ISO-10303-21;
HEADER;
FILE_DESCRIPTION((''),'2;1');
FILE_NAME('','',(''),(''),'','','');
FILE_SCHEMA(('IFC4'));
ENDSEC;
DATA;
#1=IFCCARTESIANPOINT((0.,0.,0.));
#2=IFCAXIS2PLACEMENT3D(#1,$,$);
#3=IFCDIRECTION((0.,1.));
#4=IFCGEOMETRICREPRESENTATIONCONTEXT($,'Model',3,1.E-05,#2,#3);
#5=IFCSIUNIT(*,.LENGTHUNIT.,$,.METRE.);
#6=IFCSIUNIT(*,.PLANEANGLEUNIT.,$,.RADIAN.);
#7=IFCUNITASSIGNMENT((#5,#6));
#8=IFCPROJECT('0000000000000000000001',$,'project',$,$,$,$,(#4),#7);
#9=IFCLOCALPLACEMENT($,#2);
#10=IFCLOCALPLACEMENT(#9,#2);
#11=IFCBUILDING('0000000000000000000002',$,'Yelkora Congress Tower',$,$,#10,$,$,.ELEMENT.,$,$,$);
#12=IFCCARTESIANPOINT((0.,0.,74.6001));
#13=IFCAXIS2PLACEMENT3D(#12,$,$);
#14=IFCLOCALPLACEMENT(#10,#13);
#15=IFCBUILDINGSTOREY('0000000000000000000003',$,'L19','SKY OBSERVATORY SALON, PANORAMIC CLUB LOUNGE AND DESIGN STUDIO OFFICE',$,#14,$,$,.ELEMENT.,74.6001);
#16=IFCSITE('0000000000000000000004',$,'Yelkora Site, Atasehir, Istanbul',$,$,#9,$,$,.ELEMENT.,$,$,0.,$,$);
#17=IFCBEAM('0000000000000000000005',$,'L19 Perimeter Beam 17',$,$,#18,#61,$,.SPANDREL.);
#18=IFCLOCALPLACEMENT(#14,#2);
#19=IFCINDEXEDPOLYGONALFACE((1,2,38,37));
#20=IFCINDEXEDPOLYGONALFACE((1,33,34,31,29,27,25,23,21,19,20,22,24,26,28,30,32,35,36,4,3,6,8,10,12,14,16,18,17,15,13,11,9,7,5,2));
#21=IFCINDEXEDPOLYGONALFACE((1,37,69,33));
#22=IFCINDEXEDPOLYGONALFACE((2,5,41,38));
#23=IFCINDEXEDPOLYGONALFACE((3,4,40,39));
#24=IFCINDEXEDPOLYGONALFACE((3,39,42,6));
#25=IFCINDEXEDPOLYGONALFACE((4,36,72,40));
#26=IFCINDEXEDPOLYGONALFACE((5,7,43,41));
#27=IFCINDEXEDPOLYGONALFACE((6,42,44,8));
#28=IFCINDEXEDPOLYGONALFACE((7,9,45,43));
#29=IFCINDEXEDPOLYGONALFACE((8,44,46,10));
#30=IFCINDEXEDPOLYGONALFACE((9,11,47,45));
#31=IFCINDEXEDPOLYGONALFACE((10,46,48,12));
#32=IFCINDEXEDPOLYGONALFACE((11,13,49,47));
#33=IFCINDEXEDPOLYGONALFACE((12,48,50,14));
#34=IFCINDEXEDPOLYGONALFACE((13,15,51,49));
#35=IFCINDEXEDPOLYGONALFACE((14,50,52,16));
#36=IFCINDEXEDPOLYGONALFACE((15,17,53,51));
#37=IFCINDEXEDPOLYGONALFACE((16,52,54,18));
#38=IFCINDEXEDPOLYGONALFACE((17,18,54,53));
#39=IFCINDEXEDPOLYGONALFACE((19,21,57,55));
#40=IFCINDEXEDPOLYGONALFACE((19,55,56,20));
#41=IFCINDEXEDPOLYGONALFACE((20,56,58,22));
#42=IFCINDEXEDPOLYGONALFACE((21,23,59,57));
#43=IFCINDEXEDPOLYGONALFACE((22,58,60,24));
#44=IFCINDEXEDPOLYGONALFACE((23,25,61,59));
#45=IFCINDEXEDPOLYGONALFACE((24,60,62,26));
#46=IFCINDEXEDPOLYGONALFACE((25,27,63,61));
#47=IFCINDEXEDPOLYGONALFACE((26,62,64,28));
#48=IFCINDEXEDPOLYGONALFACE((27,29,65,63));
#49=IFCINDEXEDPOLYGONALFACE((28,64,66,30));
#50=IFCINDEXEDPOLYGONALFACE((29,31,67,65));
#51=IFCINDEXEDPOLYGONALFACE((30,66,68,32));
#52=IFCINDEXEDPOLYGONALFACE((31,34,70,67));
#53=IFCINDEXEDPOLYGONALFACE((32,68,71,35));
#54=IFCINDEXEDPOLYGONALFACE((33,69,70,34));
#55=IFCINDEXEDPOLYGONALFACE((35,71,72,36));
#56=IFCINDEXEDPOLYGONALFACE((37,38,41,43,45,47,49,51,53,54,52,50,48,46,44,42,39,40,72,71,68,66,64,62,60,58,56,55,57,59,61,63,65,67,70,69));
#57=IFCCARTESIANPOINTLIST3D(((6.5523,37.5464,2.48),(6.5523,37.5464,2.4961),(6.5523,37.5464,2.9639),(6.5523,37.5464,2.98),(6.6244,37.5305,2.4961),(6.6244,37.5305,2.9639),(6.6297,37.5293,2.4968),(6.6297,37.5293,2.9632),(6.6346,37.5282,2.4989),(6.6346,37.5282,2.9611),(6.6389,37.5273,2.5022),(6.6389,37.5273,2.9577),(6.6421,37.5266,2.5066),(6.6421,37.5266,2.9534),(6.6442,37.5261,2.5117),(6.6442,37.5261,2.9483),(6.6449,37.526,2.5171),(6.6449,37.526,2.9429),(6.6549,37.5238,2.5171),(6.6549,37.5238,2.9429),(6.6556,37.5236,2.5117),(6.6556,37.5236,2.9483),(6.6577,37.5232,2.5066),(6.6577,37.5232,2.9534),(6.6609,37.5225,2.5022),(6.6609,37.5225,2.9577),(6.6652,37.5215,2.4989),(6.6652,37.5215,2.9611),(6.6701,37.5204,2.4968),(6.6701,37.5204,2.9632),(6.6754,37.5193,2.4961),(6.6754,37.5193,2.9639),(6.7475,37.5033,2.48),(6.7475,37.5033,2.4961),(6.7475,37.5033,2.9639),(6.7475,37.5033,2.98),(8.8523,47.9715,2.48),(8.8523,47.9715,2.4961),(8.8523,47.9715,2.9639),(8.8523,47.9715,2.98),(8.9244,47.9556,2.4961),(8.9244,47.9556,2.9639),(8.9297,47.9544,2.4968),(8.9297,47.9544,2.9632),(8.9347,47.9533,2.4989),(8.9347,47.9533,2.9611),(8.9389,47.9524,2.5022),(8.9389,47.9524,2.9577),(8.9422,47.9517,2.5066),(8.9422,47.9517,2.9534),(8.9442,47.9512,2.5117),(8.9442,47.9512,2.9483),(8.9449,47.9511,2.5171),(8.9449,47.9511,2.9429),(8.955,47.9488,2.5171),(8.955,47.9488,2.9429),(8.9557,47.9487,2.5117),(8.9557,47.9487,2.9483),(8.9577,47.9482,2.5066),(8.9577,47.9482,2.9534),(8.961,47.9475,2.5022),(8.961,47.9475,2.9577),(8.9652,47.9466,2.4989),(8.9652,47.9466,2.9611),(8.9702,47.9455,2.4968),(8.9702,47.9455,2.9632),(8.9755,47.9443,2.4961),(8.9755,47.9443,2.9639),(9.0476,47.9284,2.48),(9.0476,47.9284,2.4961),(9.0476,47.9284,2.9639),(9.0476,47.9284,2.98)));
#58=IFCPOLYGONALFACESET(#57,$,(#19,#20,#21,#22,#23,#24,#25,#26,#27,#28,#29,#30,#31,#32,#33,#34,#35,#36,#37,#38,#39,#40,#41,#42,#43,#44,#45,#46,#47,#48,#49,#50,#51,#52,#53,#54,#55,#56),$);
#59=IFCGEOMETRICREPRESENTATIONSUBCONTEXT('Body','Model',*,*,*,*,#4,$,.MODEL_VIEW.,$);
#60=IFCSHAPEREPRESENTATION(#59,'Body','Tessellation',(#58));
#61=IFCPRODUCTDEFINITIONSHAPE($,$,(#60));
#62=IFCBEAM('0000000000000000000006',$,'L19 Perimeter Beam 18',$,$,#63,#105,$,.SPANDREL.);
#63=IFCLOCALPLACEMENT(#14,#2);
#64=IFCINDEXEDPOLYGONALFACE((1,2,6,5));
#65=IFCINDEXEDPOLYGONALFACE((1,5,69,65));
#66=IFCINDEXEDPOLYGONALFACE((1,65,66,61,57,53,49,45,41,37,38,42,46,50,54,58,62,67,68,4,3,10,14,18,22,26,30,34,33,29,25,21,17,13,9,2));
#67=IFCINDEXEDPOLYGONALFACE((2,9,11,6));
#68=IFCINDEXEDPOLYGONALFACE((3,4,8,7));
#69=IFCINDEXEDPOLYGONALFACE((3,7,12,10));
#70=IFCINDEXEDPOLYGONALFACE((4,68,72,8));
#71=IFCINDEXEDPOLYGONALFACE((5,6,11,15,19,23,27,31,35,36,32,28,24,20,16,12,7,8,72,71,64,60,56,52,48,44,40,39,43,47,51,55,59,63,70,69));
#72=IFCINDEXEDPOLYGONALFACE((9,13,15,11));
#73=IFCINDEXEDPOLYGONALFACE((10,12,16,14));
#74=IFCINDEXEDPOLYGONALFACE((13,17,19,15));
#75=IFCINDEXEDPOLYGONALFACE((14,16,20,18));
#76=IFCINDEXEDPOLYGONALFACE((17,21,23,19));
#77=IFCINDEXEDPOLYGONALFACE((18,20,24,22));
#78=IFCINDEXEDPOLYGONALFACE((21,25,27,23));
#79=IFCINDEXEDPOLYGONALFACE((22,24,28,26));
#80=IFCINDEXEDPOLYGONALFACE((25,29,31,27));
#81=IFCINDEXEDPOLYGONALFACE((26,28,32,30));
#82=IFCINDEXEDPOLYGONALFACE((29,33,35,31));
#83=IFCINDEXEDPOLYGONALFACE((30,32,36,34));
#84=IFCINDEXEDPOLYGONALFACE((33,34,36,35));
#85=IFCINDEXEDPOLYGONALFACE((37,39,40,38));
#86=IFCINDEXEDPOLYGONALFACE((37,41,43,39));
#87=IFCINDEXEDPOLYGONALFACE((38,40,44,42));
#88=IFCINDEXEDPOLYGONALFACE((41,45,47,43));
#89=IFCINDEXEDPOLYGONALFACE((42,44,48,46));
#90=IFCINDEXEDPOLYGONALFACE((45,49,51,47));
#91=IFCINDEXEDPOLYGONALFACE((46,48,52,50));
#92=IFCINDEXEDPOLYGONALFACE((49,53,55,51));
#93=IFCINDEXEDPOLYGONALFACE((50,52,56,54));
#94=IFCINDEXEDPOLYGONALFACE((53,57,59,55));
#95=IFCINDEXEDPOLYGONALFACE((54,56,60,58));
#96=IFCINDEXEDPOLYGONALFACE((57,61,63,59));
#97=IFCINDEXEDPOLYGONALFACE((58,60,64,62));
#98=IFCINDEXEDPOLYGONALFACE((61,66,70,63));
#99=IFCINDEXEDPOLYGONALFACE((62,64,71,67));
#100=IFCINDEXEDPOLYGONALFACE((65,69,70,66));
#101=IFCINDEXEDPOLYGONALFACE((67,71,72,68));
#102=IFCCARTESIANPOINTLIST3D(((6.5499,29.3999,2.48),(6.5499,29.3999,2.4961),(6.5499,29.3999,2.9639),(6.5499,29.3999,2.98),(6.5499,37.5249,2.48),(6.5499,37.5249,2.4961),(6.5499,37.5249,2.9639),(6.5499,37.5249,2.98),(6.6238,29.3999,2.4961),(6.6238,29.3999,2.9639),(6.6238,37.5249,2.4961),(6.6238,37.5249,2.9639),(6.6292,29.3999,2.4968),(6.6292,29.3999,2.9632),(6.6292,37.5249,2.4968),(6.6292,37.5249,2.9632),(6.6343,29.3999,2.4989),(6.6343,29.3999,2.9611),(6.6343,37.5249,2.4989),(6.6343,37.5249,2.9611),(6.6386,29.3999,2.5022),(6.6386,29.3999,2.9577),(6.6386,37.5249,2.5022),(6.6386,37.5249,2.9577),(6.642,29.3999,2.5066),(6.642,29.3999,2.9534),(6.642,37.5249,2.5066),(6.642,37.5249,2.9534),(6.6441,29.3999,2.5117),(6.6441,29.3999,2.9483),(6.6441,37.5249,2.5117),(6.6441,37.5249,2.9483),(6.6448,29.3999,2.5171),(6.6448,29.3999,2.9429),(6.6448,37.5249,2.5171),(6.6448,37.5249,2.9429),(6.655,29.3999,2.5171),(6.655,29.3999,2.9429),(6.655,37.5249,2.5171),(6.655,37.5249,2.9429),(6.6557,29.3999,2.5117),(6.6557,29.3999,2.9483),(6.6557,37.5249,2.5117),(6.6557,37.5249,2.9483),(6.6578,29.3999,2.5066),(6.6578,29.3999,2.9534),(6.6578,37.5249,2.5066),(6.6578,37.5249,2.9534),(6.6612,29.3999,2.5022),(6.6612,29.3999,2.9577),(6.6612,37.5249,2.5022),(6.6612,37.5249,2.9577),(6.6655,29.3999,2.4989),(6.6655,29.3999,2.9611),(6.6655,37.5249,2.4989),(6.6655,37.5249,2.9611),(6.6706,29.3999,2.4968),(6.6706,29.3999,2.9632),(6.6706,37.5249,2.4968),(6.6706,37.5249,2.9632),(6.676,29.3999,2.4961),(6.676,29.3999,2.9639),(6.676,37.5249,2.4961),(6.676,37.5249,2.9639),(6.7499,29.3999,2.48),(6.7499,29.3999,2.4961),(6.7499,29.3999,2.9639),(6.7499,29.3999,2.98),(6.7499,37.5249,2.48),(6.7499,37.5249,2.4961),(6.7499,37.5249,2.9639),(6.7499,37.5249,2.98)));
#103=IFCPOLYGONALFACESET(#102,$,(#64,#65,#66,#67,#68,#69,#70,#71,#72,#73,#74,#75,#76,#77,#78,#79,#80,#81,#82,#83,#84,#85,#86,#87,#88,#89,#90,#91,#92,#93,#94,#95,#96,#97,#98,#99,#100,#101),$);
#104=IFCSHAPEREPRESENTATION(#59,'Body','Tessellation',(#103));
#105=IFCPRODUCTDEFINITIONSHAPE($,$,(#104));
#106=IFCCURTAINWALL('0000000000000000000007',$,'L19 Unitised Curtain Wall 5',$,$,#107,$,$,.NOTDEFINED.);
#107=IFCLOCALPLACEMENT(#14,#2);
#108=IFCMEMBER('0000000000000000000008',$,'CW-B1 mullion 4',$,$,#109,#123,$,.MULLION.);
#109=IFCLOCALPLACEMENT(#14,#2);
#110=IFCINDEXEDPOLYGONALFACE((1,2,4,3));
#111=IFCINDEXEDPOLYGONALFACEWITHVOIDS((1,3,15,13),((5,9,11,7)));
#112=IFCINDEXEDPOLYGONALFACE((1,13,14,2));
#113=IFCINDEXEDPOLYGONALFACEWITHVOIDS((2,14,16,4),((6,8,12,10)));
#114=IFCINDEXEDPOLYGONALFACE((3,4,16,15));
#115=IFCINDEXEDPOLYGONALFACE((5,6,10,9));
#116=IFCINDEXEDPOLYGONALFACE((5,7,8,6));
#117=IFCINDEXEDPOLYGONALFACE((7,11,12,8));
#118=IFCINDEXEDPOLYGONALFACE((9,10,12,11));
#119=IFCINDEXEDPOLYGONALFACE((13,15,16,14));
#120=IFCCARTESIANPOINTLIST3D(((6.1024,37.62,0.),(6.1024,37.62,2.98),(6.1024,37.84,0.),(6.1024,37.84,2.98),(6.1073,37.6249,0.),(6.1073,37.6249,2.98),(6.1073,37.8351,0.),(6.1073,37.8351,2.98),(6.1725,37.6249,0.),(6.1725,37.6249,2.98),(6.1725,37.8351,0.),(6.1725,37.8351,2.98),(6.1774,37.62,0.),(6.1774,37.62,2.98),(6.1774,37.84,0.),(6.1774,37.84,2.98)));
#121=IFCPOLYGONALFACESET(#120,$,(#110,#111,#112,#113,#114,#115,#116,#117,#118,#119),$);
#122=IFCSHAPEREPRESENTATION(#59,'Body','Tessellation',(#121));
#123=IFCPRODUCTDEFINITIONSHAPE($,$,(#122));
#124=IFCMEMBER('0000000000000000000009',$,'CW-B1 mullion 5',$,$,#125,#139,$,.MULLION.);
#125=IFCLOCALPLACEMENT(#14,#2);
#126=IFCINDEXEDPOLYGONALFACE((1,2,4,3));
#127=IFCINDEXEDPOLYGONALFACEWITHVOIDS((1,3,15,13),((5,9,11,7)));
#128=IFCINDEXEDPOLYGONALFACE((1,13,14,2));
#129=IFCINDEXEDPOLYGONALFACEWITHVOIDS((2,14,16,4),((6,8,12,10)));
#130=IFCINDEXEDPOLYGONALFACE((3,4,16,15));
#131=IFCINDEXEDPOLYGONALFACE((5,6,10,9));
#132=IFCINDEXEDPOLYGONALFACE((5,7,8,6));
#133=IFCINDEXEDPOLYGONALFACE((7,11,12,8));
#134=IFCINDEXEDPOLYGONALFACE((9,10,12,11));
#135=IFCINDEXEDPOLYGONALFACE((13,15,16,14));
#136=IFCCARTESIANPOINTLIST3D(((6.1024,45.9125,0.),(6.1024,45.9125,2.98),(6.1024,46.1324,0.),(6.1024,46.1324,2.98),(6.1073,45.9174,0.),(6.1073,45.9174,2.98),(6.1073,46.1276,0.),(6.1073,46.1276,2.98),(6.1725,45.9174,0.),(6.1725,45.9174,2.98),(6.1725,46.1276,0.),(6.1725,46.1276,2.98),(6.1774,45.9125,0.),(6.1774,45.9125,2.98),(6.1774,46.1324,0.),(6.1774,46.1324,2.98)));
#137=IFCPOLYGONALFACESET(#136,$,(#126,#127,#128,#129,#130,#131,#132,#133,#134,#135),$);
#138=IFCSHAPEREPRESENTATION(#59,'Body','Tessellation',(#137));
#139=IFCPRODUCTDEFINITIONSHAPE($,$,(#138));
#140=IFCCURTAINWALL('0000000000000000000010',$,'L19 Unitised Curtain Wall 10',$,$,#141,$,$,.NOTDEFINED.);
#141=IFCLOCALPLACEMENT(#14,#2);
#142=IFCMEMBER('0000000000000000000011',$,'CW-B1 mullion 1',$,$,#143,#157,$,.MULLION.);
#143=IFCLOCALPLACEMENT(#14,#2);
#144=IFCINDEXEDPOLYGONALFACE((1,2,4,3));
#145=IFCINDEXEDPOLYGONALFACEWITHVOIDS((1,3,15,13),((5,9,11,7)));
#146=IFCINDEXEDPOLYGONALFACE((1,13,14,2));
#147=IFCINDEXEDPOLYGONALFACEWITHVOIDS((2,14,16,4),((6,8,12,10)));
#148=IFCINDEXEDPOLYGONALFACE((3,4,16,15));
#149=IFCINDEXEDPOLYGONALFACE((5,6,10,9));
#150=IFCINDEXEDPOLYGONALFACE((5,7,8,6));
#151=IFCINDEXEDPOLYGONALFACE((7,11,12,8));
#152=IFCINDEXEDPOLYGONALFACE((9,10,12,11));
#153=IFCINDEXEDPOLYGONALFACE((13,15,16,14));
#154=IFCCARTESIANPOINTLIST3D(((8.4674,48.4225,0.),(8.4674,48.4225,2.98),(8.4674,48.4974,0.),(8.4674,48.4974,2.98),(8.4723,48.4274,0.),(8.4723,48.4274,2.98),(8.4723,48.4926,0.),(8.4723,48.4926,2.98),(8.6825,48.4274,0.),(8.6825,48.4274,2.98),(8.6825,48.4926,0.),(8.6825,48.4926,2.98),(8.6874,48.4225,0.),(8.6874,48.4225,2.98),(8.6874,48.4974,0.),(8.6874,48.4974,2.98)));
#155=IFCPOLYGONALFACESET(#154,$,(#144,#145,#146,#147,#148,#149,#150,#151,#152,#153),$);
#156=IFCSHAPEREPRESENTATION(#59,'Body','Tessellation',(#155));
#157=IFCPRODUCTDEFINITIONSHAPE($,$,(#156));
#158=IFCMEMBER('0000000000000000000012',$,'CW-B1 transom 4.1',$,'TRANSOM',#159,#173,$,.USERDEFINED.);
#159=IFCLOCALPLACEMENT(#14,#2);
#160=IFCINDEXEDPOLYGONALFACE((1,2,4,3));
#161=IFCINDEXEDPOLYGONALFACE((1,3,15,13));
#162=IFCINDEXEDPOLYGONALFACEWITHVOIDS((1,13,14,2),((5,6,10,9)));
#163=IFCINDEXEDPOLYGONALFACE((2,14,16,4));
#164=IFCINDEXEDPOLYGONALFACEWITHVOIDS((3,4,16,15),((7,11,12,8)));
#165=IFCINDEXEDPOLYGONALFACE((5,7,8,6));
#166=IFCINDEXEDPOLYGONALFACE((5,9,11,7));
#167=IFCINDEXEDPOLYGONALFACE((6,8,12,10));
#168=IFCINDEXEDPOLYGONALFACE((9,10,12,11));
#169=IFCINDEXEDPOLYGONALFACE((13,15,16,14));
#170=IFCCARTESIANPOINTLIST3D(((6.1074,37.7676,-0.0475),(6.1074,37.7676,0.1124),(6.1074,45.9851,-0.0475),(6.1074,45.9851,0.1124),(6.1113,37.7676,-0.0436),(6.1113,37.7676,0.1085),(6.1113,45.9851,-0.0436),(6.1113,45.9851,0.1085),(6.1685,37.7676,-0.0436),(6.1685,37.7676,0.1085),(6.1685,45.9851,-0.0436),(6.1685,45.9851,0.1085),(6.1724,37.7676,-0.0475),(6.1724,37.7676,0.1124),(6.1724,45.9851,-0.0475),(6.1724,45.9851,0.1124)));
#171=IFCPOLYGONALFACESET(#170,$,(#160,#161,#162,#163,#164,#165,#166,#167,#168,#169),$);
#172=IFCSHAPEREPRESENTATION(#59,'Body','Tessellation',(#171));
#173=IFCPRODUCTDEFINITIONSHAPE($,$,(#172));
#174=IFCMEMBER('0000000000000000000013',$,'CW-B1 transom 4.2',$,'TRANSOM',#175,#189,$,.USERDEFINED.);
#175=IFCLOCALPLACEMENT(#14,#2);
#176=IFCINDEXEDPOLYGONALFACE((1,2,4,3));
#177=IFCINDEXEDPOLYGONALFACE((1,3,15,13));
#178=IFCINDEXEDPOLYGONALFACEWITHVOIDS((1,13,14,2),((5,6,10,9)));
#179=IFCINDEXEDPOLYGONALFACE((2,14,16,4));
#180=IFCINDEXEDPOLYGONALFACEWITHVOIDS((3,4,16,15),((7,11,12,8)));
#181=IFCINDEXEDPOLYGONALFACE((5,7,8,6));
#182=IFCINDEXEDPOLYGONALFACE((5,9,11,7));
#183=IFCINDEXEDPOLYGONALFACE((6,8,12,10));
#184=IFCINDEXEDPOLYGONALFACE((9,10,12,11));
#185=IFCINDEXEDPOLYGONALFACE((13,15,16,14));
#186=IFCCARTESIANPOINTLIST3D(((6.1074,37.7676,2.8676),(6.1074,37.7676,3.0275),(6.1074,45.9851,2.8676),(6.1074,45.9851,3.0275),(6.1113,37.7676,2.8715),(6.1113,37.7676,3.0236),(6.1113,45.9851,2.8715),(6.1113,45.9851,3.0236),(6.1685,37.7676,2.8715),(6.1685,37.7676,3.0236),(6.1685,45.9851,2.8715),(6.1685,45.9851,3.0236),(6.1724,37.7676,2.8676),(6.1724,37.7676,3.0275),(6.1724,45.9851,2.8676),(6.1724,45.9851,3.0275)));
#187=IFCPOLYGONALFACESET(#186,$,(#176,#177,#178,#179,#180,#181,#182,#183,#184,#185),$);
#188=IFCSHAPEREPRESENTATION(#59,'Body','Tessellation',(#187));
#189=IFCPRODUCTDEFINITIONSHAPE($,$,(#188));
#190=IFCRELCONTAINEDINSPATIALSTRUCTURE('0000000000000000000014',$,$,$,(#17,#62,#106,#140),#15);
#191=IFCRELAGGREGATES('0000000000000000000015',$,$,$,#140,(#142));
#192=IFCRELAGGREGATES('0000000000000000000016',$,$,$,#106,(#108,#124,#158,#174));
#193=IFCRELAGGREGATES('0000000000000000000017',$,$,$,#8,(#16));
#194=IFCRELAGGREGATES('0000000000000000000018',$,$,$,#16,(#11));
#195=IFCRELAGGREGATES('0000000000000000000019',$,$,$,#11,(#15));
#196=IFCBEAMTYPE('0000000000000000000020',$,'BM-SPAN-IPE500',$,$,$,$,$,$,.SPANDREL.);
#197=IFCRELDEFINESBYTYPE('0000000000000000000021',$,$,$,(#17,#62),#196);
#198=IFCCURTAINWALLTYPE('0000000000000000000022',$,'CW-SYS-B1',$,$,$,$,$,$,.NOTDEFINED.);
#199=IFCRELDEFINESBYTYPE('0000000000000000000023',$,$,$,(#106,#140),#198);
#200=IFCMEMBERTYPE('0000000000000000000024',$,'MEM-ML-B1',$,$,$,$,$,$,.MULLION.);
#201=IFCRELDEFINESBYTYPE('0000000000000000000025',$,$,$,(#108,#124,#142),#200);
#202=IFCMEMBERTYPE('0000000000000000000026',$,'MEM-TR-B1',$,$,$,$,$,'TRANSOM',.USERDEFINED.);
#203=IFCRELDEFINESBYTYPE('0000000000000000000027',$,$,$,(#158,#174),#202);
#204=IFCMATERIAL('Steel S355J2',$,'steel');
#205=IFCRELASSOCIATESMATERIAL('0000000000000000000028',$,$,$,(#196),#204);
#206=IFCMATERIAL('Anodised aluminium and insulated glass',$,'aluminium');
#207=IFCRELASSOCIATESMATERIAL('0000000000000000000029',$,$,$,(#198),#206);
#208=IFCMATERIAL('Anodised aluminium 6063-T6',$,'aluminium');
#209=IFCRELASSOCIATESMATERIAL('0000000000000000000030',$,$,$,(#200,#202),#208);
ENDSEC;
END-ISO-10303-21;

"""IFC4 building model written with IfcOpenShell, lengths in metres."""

from ifc_helpers import new_model, si_unit, direction, frame, origin, origin_2d, place, context, subcontext, project, spatial, hollow_rectangle, i_section, extrude, material, material_profile, profile_set, type_object, element, aggregate, save


model = new_model("IFC4")

# Units and contexts
model_context = context("Model", 3, precision=1e-05, world=origin(), true_north=direction((0.0, 1.0)))
body_context = subcontext(model_context, "Body", "Model", "MODEL_VIEW")
ifc_project = project(units=[si_unit("LENGTHUNIT", "METRE"), si_unit("PLANEANGLEUNIT", "RADIAN")], contexts=[model_context])

# Site, building, storey
site_placement = place(None, origin())
site = spatial("IfcSite", under=ifc_project, at=site_placement, Name="Yelkora Site, Atasehir, Istanbul", CompositionType="ELEMENT", RefElevation=0.0)
building_placement = place(site_placement, origin())
building = spatial("IfcBuilding", under=site, at=building_placement, Name="Yelkora Congress Tower", CompositionType="ELEMENT")
storey_placement = place(building_placement, frame((0.0, 0.0, 74.6001)))
storey = spatial("IfcBuildingStorey", under=building, at=storey_placement, Name="L19", Description="SKY OBSERVATORY SALON, PANORAMIC CLUB LOUNGE AND DESIGN STUDIO OFFICE", CompositionType="ELEMENT", Elevation=74.6001)

# Beams
ifc_material_1 = material(Name="Steel S355J2", Category="steel")
ifc_material_profile_1 = material_profile(ifc_material_1, i_section(OverallWidth=0.2, OverallDepth=0.5, WebThickness=0.0103, FlangeThickness=0.0161, FilletRadius=0.021, at=origin_2d()), Name="IPE 500")
ifc_profile_set_1 = profile_set([ifc_material_profile_1], Name="Steel S355J2")
beam_type_1 = type_object("IfcBeamType", Name="BM-SPAN-IPE500", PredefinedType="SPANDREL", material=ifc_profile_set_1)
beam_1_placement = place(storey_placement, frame((8.95, 47.95, 2.73), z_axis=(-0.215446, -0.976516, 0.0), x_axis=(0.976516, -0.215446, 0.0)))
element("IfcBeam", 1, at=beam_1_placement, inside=storey, type_object=beam_type_1, Name="L19 Perimeter Beam 17", PredefinedType="SPANDREL", context=body_context, shape_type="SweptSolid", body=[
    extrude(i_section(OverallWidth=0.2, OverallDepth=0.5, WebThickness=0.0103, FlangeThickness=0.0161, FilletRadius=0.021, at=origin_2d()), origin(), (0.0, 0.0, 1.0), 10.6758),
])
beam_2_placement = place(storey_placement, frame((6.6499, 37.5249, 2.73), z_axis=(0.0, -1.0, 0.0), x_axis=(1.0, 0.0, 0.0)))
element("IfcBeam", 2, at=beam_2_placement, inside=storey, type_object=beam_type_1, Name="L19 Perimeter Beam 18", PredefinedType="SPANDREL", context=body_context, shape_type="SweptSolid", body=[
    extrude(i_section(OverallWidth=0.2, OverallDepth=0.5, WebThickness=0.0103, FlangeThickness=0.0161, FilletRadius=0.021, at=origin_2d()), origin(), (0.0, 0.0, 1.0), 8.125),
])

# Curtain wall, members
ifc_material_2 = material(Name="Anodised aluminium and insulated glass", Category="aluminium")
curtain_wall_type = type_object("IfcCurtainWallType", Name="CW-SYS-B1", PredefinedType="NOTDEFINED", material=ifc_material_2)
curtain_wall_1_placement = place(storey_placement, origin())
curtain_wall_1 = element("IfcCurtainWall", 3, at=curtain_wall_1_placement, inside=storey, type_object=curtain_wall_type, Name="L19 Unitised Curtain Wall 5", PredefinedType="NOTDEFINED")
ifc_material_3 = material(Name="Anodised aluminium 6063-T6", Category="aluminium")
ifc_material_profile_2 = material_profile(ifc_material_3, hollow_rectangle(XDim=0.075, YDim=0.22, WallThickness=0.0049, at=origin_2d()), Name="ALU 75x220x5")
ifc_profile_set_2 = profile_set([ifc_material_profile_2], Name="Anodised aluminium 6063-T6")
member_type_1 = type_object("IfcMemberType", Name="MEM-ML-B1", PredefinedType="MULLION", material=ifc_profile_set_2)
member_1_placement = place(storey_placement, frame((6.1399, 37.73, 0.0), z_axis=(0.0, 0.0, 1.0), x_axis=(-1.0, 0.0, 0.0)))
member_1 = element("IfcMember", 4, at=member_1_placement, type_object=member_type_1, Name="CW-B1 mullion 4", PredefinedType="MULLION", context=body_context, shape_type="SweptSolid", body=[
    extrude(hollow_rectangle(XDim=0.075, YDim=0.22, WallThickness=0.0049, at=origin_2d()), origin(), (0.0, 0.0, 1.0), 2.98),
])
member_2_placement = place(storey_placement, frame((6.1399, 46.0225, 0.0), z_axis=(0.0, 0.0, 1.0), x_axis=(-1.0, 0.0, 0.0)))
member_2 = element("IfcMember", 5, at=member_2_placement, type_object=member_type_1, Name="CW-B1 mullion 5", PredefinedType="MULLION", context=body_context, shape_type="SweptSolid", body=[
    extrude(hollow_rectangle(XDim=0.075, YDim=0.22, WallThickness=0.0049, at=origin_2d()), origin(), (0.0, 0.0, 1.0), 2.98),
])

# Curtain wall, member
curtain_wall_2_placement = place(storey_placement, origin())
curtain_wall_2 = element("IfcCurtainWall", 6, at=curtain_wall_2_placement, inside=storey, type_object=curtain_wall_type, Name="L19 Unitised Curtain Wall 10", PredefinedType="NOTDEFINED")
member_3_placement = place(storey_placement, frame((8.5774, 48.46, 0.0), z_axis=(0.0, 0.0, 1.0), x_axis=(0.0, 1.0, 0.0)))
member_3 = element("IfcMember", 7, at=member_3_placement, type_object=member_type_1, Name="CW-B1 mullion 1", PredefinedType="MULLION", context=body_context, shape_type="SweptSolid", body=[
    extrude(hollow_rectangle(XDim=0.075, YDim=0.22, WallThickness=0.0049, at=origin_2d()), origin(), (0.0, 0.0, 1.0), 2.98),
])

# Members
ifc_material_profile_3 = material_profile(ifc_material_3, hollow_rectangle(XDim=0.0649, YDim=0.1599, WallThickness=0.0039, at=origin_2d()), Name="ALU 65x160x4")
ifc_profile_set_3 = profile_set([ifc_material_profile_3], Name="Anodised aluminium 6063-T6")
member_type_2 = type_object("IfcMemberType", Name="MEM-TR-B1", ElementType="TRANSOM", PredefinedType="USERDEFINED", material=ifc_profile_set_3)
member_4_placement = place(storey_placement, frame((6.1399, 37.7676, 0.0325), z_axis=(0.0, 1.0, 0.0), x_axis=(-1.0, 0.0, 0.0)))
member_4 = element("IfcMember", 8, at=member_4_placement, type_object=member_type_2, Name="CW-B1 transom 4.1", ObjectType="TRANSOM", PredefinedType="USERDEFINED", context=body_context, shape_type="SweptSolid", body=[
    extrude(hollow_rectangle(XDim=0.0649, YDim=0.1599, WallThickness=0.0039, at=origin_2d()), origin(), (0.0, 0.0, 1.0), 8.2175),
])
member_5_placement = place(storey_placement, frame((6.1399, 37.7676, 2.9475), z_axis=(0.0, 1.0, 0.0), x_axis=(-1.0, 0.0, 0.0)))
member_5 = element("IfcMember", 9, at=member_5_placement, type_object=member_type_2, Name="CW-B1 transom 4.2", ObjectType="TRANSOM", PredefinedType="USERDEFINED", context=body_context, shape_type="SweptSolid", body=[
    extrude(hollow_rectangle(XDim=0.0649, YDim=0.1599, WallThickness=0.0039, at=origin_2d()), origin(), (0.0, 0.0, 1.0), 8.2175),
])
aggregate(curtain_wall_2, [member_3])

aggregate(curtain_wall_1, [member_1, member_2, member_4, member_5])

save(model, "model.ifc")
